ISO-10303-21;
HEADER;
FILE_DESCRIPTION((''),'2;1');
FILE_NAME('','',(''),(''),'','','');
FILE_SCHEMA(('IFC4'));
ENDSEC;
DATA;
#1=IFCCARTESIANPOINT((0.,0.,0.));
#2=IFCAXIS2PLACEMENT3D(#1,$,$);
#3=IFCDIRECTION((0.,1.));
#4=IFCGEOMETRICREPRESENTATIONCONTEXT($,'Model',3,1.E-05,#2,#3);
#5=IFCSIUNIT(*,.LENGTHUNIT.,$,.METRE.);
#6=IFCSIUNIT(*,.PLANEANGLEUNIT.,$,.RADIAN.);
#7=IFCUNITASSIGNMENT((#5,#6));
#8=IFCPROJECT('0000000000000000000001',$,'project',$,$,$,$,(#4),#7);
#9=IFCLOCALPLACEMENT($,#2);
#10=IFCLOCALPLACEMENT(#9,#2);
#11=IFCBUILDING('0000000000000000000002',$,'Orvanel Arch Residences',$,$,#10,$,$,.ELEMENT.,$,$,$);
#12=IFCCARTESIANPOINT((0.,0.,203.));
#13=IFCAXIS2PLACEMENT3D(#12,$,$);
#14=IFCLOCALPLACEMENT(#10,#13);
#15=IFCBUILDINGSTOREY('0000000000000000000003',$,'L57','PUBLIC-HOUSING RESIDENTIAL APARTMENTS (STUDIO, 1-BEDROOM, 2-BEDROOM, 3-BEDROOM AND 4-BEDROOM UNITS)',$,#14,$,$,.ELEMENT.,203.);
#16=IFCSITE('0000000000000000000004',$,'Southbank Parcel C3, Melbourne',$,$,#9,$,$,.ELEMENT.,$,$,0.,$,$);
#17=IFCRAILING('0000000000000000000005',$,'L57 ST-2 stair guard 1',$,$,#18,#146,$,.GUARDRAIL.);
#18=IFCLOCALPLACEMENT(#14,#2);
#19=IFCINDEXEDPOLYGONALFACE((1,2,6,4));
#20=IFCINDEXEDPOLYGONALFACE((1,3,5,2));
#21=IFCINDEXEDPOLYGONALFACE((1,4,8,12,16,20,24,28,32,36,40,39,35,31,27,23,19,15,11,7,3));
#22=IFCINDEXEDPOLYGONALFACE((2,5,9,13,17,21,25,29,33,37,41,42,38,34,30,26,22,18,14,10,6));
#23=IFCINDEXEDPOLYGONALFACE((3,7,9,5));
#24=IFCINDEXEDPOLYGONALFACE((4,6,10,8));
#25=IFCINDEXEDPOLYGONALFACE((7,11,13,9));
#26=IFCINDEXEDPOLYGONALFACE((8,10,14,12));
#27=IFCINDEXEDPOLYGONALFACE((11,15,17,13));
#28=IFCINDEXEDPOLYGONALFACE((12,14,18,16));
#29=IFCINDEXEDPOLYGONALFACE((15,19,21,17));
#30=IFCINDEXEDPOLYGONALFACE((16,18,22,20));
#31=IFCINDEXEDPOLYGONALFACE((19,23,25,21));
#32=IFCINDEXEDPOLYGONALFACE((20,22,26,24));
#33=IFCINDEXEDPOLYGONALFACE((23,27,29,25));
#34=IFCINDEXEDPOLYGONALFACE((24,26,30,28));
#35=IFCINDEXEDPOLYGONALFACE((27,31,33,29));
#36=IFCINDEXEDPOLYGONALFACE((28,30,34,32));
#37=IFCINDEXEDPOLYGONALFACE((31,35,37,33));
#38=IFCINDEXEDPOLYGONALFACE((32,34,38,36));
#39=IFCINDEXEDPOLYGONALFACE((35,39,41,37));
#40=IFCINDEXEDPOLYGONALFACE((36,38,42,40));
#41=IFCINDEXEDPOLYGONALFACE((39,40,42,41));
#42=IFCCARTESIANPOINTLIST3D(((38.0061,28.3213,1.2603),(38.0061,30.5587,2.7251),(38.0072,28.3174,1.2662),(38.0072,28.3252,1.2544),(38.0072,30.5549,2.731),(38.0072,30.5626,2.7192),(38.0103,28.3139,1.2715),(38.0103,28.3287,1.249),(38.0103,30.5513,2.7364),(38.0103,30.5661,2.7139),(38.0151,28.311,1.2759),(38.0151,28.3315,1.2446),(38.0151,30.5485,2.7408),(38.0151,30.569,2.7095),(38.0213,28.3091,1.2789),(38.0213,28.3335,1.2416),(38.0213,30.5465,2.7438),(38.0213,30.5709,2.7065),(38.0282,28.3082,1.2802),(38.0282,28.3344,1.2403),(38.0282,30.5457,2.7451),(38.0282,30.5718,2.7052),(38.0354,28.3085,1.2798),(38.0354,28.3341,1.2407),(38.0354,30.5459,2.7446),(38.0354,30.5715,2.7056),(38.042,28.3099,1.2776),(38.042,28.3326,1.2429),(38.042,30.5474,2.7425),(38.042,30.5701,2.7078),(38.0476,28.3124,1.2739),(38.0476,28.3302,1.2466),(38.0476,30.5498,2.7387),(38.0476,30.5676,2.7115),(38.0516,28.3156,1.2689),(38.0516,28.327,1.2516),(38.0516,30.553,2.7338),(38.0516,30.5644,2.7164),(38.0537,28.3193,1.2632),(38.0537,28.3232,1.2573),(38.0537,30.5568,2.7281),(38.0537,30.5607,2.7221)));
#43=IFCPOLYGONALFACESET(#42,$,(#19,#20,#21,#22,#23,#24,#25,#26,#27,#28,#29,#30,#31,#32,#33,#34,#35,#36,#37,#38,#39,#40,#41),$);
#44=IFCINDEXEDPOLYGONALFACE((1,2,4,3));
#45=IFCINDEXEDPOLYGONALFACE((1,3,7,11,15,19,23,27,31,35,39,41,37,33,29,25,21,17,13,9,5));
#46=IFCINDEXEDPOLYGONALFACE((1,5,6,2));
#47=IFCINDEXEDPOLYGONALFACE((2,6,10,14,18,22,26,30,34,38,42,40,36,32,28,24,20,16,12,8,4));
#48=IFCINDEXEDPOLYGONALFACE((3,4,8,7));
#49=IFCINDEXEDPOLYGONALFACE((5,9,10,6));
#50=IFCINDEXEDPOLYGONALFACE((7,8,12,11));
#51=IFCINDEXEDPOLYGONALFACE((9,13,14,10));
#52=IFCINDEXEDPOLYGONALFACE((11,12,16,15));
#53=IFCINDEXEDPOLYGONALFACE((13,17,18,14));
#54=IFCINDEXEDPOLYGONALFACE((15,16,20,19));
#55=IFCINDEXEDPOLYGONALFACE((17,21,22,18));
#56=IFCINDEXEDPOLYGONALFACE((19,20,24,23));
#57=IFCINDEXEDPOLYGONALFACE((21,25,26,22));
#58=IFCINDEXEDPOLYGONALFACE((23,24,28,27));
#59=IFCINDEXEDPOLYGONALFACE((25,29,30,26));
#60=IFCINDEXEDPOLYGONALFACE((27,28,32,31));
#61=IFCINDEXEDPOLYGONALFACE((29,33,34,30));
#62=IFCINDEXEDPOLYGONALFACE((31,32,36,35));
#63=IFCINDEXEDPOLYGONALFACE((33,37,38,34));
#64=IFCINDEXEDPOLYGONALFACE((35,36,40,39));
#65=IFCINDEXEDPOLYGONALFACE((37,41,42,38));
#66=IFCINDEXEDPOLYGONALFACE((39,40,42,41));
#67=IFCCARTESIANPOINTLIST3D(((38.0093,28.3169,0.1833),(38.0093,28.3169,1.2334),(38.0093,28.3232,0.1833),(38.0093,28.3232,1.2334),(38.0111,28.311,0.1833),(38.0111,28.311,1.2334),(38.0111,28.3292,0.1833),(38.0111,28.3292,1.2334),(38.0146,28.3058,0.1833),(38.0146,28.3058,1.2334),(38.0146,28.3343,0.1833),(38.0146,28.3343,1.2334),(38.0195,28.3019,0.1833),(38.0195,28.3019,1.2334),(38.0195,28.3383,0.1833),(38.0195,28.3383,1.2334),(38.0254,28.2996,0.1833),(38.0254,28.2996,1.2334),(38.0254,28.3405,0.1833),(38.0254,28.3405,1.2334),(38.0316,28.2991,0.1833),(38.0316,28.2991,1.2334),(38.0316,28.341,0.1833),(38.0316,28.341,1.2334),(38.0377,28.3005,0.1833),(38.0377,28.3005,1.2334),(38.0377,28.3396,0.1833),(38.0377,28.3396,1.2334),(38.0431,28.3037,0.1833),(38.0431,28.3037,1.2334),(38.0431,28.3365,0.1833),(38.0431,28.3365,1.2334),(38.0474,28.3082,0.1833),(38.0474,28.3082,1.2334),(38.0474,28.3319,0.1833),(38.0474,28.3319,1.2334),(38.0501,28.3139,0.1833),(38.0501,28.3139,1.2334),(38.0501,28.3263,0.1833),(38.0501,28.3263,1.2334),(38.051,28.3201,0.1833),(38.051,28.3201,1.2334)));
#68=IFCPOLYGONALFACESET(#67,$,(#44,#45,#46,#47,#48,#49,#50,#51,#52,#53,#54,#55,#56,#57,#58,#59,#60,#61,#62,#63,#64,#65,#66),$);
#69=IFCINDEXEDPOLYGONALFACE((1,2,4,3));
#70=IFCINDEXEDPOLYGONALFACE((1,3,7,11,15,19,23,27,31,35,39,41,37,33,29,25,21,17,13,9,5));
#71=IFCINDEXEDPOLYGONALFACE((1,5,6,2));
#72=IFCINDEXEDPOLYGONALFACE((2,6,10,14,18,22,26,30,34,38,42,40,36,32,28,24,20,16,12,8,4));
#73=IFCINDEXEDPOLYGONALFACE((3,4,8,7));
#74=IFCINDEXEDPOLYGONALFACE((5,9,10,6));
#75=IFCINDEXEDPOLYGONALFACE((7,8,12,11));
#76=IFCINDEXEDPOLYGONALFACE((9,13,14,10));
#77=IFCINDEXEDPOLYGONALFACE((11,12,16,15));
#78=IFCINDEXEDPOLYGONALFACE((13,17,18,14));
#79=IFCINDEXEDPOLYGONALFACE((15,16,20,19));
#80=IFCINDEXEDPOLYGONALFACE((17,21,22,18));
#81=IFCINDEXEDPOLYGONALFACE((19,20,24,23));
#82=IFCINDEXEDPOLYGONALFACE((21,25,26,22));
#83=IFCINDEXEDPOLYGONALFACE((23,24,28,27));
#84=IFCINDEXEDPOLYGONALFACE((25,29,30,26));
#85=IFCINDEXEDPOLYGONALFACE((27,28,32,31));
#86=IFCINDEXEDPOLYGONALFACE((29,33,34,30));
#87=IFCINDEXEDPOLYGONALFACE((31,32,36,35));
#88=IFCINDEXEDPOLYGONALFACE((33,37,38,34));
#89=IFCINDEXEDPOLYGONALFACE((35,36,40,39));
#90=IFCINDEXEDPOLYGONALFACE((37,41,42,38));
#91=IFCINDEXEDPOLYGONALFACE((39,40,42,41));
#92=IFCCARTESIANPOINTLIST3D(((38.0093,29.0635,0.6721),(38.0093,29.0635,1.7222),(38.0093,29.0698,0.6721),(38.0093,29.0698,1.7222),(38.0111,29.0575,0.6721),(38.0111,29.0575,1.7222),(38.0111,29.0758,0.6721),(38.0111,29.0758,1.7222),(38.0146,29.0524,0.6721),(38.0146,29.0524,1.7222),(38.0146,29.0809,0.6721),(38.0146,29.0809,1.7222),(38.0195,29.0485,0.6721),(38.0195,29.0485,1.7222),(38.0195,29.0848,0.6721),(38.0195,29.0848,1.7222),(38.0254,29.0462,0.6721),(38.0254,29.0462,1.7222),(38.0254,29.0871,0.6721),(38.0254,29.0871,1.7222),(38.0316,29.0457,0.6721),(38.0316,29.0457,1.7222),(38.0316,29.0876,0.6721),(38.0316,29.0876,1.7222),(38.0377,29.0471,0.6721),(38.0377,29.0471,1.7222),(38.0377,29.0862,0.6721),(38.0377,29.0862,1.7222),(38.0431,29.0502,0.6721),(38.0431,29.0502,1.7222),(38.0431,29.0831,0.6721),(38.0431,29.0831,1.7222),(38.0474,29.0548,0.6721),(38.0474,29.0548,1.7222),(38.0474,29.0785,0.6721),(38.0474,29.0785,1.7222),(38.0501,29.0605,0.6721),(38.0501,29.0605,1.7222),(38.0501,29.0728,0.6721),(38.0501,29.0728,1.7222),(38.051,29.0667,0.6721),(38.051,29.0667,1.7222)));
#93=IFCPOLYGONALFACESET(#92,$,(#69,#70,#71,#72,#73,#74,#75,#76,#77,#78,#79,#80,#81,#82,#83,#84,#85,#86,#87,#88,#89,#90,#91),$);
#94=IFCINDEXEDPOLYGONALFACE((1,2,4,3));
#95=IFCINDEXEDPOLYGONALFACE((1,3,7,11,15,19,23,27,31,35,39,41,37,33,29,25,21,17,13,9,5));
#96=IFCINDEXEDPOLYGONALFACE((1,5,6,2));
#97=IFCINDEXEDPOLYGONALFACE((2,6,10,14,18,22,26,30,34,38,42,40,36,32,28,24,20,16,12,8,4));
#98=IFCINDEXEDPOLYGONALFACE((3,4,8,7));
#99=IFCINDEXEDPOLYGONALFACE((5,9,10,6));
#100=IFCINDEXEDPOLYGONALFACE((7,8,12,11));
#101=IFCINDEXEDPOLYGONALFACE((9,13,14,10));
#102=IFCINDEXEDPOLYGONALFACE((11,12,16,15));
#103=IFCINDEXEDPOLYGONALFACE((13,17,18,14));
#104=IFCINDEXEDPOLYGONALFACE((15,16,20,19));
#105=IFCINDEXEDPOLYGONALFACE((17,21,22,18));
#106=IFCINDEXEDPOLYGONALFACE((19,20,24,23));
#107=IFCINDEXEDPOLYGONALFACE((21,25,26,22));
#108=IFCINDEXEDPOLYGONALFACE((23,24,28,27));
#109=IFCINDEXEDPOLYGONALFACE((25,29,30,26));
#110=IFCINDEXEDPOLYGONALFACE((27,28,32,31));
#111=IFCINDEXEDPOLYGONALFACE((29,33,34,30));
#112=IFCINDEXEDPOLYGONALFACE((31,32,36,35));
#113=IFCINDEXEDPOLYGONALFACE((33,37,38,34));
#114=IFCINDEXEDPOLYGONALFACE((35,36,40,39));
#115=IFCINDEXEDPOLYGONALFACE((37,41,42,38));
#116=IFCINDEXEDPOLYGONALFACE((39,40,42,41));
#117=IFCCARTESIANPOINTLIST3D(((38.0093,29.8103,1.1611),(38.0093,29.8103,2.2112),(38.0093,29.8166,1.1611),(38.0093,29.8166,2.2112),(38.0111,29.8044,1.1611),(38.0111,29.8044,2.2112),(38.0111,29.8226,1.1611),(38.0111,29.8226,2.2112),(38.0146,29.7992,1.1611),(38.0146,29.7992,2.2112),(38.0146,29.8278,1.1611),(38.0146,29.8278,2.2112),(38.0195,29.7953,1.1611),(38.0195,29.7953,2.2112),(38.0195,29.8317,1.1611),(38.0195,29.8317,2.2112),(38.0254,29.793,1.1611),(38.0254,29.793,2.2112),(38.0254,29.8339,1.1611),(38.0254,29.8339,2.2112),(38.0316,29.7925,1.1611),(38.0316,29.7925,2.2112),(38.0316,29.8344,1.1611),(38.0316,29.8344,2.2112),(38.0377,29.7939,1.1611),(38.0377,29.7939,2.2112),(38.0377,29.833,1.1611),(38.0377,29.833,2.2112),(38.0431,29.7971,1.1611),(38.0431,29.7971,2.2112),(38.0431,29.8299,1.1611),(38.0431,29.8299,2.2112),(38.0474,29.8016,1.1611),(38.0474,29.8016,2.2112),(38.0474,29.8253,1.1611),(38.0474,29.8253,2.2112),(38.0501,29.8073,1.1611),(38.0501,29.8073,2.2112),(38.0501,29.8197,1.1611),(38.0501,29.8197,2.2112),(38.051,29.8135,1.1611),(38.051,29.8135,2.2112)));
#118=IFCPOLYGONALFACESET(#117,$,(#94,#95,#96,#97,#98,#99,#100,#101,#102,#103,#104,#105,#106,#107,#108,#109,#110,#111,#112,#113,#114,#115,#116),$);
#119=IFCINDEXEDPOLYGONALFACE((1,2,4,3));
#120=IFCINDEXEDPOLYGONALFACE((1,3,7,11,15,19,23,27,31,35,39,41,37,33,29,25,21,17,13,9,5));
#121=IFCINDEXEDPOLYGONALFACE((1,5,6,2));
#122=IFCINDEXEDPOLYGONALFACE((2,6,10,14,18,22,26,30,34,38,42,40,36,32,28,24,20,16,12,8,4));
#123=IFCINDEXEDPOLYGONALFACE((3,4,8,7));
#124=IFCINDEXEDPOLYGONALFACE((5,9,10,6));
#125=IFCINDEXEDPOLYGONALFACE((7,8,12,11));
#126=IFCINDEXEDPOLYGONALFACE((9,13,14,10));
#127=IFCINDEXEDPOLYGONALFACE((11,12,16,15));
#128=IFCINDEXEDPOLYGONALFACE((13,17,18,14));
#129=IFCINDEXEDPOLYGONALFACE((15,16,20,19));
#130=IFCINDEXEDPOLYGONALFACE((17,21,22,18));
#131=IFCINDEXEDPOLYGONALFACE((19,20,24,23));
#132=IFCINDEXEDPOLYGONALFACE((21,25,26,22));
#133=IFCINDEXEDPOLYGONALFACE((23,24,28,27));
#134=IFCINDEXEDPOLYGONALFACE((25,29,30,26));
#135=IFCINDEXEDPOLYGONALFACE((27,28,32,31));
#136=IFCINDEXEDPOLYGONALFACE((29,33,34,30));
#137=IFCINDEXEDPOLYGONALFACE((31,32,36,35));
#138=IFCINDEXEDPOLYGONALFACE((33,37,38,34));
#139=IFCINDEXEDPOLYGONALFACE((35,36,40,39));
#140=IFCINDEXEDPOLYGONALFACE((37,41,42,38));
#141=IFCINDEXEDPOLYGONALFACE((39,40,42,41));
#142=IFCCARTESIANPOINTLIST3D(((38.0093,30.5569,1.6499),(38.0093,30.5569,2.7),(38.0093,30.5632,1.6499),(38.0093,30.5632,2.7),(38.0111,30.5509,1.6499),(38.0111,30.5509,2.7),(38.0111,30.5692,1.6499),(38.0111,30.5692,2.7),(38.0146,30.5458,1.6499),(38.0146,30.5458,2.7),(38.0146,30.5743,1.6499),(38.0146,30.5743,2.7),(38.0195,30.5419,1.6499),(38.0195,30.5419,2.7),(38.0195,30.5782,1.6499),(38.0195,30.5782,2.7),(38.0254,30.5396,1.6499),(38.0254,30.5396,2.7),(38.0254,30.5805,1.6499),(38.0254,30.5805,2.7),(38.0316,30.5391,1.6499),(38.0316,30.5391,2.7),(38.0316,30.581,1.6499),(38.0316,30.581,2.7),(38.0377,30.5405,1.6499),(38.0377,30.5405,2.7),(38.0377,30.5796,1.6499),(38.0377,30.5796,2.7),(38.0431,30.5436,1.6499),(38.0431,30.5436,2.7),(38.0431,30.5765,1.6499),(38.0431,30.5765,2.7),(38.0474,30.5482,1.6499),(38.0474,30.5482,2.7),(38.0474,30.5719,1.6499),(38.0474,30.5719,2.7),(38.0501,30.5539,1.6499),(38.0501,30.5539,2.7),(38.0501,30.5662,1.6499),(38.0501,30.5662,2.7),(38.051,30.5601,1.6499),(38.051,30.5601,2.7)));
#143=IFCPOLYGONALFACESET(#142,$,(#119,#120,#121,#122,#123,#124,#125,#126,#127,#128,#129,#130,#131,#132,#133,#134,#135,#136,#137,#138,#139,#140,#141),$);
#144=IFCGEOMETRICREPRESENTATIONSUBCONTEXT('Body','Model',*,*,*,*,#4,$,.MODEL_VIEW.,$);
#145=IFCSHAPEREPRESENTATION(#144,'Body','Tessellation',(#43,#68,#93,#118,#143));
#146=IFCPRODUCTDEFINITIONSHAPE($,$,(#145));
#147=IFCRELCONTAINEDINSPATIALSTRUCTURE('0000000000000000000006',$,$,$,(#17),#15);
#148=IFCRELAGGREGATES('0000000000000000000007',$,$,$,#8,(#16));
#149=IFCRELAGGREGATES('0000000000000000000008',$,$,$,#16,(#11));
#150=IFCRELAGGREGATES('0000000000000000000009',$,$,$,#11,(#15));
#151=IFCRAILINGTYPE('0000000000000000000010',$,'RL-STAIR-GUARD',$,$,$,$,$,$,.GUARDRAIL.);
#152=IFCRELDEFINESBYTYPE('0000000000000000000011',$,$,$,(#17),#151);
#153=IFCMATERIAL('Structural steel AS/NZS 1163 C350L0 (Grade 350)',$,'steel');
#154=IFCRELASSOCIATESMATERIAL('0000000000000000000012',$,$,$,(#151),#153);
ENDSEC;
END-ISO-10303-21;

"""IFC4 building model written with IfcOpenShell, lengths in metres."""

from ifc_helpers import new_model, si_unit, direction, frame, origin, origin_2d, place, context, subcontext, project, spatial, circle, extrude, material, type_object, element, save


model = new_model("IFC4")

# Units and contexts
model_context = context("Model", 3, precision=1e-05, world=origin(), true_north=direction((0.0, 1.0)))
body_context = subcontext(model_context, "Body", "Model", "MODEL_VIEW")
ifc_project = project(units=[si_unit("LENGTHUNIT", "METRE"), si_unit("PLANEANGLEUNIT", "RADIAN")], contexts=[model_context])

# Site, building, storey
site_placement = place(None, origin())
site = spatial("IfcSite", under=ifc_project, at=site_placement, Name="Southbank Parcel C3, Melbourne", CompositionType="ELEMENT", RefElevation=0.0)
building_placement = place(site_placement, origin())
building = spatial("IfcBuilding", under=site, at=building_placement, Name="Orvanel Arch Residences", CompositionType="ELEMENT")
storey_placement = place(building_placement, frame((0.0, 0.0, 203.0)))
storey = spatial("IfcBuildingStorey", under=building, at=storey_placement, Name="L57", Description="PUBLIC-HOUSING RESIDENTIAL APARTMENTS (STUDIO, 1-BEDROOM, 2-BEDROOM, 3-BEDROOM AND 4-BEDROOM UNITS)", CompositionType="ELEMENT", Elevation=203.0)

# Railing
ifc_material_1 = material(Name="Structural steel AS/NZS 1163 C350L0 (Grade 350)", Category="steel")
railing_type_1 = type_object("IfcRailingType", Name="RL-STAIR-GUARD", PredefinedType="GUARDRAIL", material=ifc_material_1)
railing_1_placement = place(storey_placement, frame((38.03, 28.3201, 0.1833)))
element("IfcRailing", 1, at=railing_1_placement, inside=storey, type_object=railing_type_1, Name="L57 ST-2 stair guard 1", PredefinedType="GUARDRAIL", context=body_context, shape_type="SweptSolid", body=[
    extrude(circle(Radius=0.0239, at=origin_2d()), frame((0.0, 0.0012, 1.0769), z_axis=(0.0, 0.836637, 0.547758), x_axis=(-1.0, 0.0, 0.0)), (0.0, 0.0, 1.0), 2.6743),
    extrude(circle(Radius=0.021, at=origin_2d()), origin(), (0.0, 0.0, 1.0), 1.05),
    extrude(circle(Radius=0.021, at=origin_2d()), frame((0.0, 0.7466, 0.4888)), (0.0, 0.0, 1.0), 1.05),
    extrude(circle(Radius=0.021, at=origin_2d()), frame((0.0, 1.4934, 0.9778)), (0.0, 0.0, 1.0), 1.05),
    extrude(circle(Radius=0.021, at=origin_2d()), frame((0.0, 2.24, 1.4666)), (0.0, 0.0, 1.0), 1.05),
])

save(model, "model.ifc")
